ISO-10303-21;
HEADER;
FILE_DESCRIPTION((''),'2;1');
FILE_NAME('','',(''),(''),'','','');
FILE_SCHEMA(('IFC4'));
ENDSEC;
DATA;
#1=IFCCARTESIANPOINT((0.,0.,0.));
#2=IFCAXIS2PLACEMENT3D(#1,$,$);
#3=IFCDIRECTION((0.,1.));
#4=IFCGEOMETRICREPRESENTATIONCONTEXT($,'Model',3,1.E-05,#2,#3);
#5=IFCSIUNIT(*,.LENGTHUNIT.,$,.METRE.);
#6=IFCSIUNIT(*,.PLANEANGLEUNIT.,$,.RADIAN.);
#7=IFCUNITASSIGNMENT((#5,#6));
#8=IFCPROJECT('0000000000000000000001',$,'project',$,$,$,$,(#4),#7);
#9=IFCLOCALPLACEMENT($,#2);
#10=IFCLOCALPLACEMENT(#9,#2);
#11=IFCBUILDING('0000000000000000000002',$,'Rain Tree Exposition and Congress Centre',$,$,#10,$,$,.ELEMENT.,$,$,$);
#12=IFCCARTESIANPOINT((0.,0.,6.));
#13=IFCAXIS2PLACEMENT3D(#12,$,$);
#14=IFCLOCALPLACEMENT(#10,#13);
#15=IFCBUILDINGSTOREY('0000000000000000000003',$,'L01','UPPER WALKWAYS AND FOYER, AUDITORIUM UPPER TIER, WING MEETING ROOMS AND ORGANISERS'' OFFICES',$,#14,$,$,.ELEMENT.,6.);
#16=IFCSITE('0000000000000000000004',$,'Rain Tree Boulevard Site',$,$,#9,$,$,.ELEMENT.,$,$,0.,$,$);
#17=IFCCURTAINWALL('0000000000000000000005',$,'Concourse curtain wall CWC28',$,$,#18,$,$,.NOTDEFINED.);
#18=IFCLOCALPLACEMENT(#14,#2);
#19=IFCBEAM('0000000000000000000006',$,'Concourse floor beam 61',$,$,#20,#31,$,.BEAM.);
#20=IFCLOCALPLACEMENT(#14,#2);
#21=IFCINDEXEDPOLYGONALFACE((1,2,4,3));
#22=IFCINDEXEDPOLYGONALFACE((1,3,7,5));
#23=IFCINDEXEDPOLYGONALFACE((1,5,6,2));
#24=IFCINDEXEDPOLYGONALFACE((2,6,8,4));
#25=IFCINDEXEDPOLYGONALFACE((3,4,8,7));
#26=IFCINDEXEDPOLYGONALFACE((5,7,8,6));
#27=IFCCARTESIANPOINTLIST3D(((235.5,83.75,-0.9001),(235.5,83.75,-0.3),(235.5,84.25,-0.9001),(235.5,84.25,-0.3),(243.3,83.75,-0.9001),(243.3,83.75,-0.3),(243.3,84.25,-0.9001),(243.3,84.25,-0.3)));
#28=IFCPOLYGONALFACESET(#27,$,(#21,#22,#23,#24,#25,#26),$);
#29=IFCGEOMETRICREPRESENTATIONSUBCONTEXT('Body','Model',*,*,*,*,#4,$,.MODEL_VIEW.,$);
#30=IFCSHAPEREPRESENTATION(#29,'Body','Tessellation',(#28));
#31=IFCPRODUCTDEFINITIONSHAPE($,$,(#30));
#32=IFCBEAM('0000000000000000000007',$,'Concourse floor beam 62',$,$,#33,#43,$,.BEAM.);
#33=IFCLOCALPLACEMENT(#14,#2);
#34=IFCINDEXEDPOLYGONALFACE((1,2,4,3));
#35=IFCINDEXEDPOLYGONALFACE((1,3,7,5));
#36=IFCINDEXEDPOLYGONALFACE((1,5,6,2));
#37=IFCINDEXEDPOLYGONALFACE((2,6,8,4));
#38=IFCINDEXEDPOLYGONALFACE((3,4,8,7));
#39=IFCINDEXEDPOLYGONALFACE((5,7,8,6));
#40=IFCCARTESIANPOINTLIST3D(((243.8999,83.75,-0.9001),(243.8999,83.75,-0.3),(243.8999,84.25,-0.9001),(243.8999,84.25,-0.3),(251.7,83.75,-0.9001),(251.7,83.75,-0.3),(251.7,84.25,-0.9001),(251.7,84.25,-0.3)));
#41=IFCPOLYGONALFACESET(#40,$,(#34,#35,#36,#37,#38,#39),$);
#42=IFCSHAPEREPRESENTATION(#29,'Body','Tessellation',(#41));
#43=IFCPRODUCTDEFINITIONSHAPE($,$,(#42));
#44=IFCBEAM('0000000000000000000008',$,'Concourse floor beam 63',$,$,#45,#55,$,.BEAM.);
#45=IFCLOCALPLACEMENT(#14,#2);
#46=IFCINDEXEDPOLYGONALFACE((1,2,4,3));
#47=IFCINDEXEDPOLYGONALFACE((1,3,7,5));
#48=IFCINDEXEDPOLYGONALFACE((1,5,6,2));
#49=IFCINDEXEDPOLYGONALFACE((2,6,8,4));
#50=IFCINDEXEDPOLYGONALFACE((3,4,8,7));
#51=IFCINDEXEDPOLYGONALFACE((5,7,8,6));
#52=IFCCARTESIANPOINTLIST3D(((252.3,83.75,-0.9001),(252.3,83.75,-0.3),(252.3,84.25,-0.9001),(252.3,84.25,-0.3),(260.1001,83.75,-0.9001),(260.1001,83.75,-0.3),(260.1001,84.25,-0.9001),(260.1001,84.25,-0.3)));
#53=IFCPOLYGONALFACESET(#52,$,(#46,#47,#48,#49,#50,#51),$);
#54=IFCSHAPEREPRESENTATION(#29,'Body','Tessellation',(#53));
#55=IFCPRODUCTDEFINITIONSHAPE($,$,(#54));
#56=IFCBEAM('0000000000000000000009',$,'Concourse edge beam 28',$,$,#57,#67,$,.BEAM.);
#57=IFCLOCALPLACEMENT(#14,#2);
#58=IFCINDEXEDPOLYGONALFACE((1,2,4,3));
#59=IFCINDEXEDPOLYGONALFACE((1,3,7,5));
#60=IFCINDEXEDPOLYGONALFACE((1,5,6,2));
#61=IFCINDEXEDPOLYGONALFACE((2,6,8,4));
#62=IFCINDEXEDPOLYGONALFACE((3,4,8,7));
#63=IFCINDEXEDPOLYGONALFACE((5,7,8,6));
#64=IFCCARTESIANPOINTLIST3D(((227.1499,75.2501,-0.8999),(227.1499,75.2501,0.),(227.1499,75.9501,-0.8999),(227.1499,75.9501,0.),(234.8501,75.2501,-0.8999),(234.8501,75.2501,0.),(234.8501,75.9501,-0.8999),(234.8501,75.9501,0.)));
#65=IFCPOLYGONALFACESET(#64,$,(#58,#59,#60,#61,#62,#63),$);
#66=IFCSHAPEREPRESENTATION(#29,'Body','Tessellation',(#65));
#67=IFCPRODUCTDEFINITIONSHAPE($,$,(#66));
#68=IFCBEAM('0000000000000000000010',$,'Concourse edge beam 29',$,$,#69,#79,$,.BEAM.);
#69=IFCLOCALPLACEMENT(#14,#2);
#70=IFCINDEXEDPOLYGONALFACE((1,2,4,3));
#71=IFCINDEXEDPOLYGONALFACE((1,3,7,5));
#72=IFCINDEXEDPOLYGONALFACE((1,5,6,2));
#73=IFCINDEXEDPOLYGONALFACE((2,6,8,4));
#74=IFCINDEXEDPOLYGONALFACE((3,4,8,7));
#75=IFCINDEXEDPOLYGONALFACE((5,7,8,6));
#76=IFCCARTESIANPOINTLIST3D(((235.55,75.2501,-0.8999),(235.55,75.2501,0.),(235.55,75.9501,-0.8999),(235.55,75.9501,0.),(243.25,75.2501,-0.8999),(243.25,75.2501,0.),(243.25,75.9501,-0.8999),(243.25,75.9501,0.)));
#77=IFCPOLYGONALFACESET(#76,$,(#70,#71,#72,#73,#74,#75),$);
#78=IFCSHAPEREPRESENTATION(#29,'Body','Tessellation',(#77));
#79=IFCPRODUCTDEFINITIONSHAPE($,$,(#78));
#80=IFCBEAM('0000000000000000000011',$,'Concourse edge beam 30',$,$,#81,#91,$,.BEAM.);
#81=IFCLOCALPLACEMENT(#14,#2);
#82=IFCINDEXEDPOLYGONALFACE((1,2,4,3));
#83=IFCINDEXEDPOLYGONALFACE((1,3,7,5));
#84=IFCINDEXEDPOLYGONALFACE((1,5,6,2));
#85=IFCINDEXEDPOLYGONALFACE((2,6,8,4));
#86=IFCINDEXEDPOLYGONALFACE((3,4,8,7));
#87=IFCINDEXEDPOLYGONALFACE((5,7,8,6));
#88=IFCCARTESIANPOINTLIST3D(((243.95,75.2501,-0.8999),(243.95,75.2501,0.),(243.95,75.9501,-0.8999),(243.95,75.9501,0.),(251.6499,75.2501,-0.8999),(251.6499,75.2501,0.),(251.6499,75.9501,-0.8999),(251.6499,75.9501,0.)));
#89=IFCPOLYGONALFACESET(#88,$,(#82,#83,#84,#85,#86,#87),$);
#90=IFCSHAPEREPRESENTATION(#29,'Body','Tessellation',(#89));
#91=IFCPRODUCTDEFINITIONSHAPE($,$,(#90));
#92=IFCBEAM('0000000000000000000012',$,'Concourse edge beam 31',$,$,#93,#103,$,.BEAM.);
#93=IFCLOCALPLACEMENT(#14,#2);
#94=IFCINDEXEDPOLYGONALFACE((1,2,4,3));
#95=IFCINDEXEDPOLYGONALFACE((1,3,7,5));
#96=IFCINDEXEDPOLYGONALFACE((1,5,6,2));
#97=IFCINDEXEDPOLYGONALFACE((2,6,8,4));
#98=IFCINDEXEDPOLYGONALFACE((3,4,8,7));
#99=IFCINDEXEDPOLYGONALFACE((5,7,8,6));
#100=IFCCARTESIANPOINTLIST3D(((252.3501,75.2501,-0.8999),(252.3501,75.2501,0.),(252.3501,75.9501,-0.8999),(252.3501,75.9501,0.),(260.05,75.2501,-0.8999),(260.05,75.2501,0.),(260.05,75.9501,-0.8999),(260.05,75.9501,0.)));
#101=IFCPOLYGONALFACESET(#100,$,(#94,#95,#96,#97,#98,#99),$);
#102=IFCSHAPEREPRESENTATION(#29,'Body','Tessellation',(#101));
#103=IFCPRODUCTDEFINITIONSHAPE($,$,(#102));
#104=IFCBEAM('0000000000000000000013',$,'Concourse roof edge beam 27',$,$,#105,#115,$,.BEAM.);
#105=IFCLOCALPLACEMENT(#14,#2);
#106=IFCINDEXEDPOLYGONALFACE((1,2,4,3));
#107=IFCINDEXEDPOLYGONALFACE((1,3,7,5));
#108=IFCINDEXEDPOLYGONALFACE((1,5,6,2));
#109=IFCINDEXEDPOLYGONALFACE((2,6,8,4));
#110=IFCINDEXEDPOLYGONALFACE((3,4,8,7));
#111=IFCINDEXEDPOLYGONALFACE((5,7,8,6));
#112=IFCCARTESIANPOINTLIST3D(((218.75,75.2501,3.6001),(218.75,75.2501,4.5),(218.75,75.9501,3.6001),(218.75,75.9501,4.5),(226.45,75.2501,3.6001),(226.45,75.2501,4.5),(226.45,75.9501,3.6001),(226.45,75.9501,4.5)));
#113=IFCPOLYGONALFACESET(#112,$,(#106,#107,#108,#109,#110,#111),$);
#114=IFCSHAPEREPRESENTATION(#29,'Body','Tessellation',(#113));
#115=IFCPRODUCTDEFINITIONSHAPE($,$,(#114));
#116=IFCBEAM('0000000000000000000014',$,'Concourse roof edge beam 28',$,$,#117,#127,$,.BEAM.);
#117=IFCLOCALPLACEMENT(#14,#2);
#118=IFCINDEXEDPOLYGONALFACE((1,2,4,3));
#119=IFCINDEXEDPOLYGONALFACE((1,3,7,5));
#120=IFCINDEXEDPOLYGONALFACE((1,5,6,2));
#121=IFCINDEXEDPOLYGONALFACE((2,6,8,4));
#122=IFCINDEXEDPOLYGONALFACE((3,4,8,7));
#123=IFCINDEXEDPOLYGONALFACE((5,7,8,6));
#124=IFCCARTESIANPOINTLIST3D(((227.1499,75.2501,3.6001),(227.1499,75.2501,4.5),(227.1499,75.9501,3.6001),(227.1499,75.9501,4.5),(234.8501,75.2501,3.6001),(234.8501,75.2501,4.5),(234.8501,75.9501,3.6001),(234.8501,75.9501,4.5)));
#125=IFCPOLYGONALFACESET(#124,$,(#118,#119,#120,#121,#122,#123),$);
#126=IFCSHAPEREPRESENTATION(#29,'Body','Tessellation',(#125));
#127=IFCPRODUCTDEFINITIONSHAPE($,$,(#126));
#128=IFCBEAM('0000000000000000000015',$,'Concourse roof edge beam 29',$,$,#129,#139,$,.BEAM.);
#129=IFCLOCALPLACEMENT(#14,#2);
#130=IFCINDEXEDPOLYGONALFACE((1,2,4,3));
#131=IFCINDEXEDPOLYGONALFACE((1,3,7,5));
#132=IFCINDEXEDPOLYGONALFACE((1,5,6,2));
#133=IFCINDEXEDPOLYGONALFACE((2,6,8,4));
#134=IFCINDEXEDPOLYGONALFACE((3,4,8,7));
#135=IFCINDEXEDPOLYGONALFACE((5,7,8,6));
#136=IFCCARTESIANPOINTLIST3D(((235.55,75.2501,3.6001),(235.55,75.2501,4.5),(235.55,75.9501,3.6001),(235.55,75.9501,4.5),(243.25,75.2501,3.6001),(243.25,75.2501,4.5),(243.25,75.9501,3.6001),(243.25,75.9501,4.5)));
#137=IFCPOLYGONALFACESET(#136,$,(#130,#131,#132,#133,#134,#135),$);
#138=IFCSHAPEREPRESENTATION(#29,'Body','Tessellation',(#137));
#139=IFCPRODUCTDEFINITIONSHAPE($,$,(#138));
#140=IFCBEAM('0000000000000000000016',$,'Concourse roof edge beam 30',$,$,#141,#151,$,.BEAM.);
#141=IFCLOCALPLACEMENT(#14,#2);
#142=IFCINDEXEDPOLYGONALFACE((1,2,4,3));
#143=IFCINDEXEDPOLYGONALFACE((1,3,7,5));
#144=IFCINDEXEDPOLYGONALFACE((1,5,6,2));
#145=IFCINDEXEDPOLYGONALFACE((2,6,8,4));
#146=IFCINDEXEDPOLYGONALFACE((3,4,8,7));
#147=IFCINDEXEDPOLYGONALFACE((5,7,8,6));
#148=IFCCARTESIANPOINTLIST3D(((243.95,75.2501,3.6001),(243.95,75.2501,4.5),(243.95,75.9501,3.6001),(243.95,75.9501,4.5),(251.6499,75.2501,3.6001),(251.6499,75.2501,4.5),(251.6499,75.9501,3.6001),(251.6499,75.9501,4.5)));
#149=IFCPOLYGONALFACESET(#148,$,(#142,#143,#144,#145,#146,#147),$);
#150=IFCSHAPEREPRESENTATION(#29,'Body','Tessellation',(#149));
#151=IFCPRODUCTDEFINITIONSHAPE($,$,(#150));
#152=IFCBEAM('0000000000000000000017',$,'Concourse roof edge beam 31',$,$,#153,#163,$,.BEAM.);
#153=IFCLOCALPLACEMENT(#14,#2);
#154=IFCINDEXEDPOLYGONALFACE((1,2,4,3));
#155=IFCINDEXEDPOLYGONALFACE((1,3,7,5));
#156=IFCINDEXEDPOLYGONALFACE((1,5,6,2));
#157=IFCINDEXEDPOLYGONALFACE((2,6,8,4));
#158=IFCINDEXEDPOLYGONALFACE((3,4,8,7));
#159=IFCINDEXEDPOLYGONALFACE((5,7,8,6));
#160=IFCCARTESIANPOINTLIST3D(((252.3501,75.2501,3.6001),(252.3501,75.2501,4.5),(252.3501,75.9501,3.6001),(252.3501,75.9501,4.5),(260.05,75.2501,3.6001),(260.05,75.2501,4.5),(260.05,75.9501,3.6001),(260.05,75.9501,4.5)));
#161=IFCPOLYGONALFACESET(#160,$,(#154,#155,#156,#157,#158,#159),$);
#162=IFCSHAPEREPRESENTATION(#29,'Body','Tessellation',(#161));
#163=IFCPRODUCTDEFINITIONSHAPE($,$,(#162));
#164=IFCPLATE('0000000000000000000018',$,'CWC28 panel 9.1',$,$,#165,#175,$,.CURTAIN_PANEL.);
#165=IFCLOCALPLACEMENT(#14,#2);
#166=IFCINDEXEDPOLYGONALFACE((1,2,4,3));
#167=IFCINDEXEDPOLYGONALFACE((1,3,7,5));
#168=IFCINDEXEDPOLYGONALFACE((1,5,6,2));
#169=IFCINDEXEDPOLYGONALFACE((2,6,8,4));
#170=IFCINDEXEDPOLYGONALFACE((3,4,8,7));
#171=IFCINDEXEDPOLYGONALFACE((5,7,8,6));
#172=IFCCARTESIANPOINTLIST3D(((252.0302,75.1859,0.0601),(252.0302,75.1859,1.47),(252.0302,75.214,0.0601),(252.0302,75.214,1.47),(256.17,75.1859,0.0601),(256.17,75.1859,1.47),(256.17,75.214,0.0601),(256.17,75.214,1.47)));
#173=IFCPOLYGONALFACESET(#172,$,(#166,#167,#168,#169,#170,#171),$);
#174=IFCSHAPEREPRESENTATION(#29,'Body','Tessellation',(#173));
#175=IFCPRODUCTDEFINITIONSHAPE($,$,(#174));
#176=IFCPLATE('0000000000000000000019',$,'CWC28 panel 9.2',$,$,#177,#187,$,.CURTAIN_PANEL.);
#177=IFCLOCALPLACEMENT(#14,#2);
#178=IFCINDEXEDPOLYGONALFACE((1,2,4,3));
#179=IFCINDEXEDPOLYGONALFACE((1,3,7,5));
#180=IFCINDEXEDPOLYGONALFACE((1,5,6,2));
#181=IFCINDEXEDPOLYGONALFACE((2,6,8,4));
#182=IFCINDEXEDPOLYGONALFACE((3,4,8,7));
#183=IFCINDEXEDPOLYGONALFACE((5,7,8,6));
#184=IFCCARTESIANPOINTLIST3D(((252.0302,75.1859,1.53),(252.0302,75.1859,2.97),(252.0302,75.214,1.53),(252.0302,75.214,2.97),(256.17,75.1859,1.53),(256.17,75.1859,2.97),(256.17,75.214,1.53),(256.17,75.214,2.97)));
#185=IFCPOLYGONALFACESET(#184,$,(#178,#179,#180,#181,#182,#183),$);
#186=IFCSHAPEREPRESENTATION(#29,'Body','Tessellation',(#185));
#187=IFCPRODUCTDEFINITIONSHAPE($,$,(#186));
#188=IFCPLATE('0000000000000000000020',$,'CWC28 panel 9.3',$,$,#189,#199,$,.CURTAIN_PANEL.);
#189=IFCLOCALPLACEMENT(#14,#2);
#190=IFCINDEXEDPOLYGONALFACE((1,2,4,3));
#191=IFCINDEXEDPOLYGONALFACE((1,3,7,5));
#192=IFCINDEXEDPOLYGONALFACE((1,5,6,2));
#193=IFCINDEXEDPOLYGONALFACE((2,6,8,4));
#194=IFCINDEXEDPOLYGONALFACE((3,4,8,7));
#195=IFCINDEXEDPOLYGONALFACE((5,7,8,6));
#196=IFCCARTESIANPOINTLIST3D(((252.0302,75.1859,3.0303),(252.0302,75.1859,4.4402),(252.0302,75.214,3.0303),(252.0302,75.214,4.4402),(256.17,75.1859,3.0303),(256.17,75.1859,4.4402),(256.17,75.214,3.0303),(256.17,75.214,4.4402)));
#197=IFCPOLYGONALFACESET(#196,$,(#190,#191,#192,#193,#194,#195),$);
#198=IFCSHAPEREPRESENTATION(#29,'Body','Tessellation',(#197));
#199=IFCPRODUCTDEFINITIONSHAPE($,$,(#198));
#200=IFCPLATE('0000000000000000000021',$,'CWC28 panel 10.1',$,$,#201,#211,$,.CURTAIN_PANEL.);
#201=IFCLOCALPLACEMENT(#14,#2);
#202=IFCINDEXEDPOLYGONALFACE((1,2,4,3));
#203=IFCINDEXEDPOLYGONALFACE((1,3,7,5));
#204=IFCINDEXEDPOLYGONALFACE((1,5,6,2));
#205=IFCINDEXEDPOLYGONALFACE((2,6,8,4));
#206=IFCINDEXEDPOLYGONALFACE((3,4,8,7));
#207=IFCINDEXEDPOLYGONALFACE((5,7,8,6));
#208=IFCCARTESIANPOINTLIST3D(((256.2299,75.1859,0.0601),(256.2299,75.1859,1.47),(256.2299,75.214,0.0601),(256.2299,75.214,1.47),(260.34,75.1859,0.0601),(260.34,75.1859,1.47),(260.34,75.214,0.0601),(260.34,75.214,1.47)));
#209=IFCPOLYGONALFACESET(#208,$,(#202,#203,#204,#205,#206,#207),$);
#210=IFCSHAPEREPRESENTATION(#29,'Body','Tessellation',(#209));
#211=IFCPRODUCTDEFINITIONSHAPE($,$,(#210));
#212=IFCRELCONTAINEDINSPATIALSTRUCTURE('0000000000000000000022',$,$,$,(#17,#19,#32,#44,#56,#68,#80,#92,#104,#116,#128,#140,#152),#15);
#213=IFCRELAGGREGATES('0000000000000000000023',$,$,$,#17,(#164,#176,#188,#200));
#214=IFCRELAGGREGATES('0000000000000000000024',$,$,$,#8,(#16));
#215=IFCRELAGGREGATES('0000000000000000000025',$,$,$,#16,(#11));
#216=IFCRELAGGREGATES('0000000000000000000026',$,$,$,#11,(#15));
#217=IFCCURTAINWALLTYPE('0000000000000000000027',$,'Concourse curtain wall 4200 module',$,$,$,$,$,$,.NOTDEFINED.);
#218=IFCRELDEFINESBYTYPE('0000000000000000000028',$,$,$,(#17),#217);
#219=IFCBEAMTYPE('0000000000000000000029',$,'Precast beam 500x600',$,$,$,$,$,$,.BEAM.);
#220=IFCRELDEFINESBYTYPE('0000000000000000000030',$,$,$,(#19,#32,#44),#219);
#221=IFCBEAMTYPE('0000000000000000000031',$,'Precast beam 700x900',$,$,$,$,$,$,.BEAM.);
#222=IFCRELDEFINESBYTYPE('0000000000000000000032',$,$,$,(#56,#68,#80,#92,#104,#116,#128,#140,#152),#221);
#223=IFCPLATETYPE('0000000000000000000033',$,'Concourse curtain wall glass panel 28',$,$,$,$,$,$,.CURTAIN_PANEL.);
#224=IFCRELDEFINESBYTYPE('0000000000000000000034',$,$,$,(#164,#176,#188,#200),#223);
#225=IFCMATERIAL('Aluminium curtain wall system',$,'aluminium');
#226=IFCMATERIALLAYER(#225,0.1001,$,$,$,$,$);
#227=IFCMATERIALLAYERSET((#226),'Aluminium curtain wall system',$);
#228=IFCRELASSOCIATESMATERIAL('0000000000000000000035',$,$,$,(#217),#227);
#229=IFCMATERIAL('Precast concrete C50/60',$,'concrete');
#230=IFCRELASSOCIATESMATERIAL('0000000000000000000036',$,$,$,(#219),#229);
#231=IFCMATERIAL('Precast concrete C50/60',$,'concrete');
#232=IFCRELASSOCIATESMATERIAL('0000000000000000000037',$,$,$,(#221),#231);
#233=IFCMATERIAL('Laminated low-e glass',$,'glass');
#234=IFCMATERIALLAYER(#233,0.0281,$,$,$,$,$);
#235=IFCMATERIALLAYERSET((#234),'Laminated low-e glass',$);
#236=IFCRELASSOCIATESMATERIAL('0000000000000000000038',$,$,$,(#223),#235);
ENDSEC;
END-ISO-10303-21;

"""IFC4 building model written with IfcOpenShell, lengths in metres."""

from ifc_helpers import new_model, si_unit, direction, frame, origin, origin_2d, place, context, subcontext, project, spatial, rectangle, extrude, material, layer, layer_set, material_profile, profile_set, type_object, element, aggregate, save


model = new_model("IFC4")

# Units and contexts
model_context = context("Model", 3, precision=1e-05, world=origin(), true_north=direction((0.0, 1.0)))
body_context = subcontext(model_context, "Body", "Model", "MODEL_VIEW")
ifc_project = project(units=[si_unit("LENGTHUNIT", "METRE"), si_unit("PLANEANGLEUNIT", "RADIAN")], contexts=[model_context])

# Site, building, storey
site_placement = place(None, origin())
site = spatial("IfcSite", under=ifc_project, at=site_placement, Name="Rain Tree Boulevard Site", CompositionType="ELEMENT", RefElevation=0.0)
building_placement = place(site_placement, origin())
building = spatial("IfcBuilding", under=site, at=building_placement, Name="Rain Tree Exposition and Congress Centre", CompositionType="ELEMENT")
storey_placement = place(building_placement, frame((0.0, 0.0, 6.0)))
storey = spatial("IfcBuildingStorey", under=building, at=storey_placement, Name="L01", Description="UPPER WALKWAYS AND FOYER, AUDITORIUM UPPER TIER, WING MEETING ROOMS AND ORGANISERS' OFFICES", CompositionType="ELEMENT", Elevation=6.0)

# Curtain wall
ifc_material_1 = material(Name="Aluminium curtain wall system", Category="aluminium")
ifc_layer_1 = layer(ifc_material_1, 0.1001)
ifc_layer_set_1 = layer_set([ifc_layer_1], Name="Aluminium curtain wall system")
curtain_wall_type = type_object("IfcCurtainWallType", Name="Concourse curtain wall 4200 module", PredefinedType="NOTDEFINED", material=ifc_layer_set_1)
curtain_wall_placement = place(storey_placement, origin())
curtain_wall = element("IfcCurtainWall", 1, at=curtain_wall_placement, inside=storey, type_object=curtain_wall_type, Name="Concourse curtain wall CWC28", PredefinedType="NOTDEFINED")

# Beams
ifc_material_2 = material(Name="Precast concrete C50/60", Category="concrete")
ifc_material_profile_1 = material_profile(ifc_material_2, rectangle(XDim=0.5, YDim=0.6001, at=origin_2d()), Name="RC 500x600")
ifc_profile_set_1 = profile_set([ifc_material_profile_1], Name="Precast concrete C50/60")
beam_type_1 = type_object("IfcBeamType", Name="Precast beam 500x600", PredefinedType="BEAM", material=ifc_profile_set_1)
for number, where, z_axis, x_axis, name in (
    (2, (235.5, 84.0, -0.6001), (1.0, 0.0, 0.0), (0.0, 1.0, 0.0), "Concourse floor beam 61"),
    (3, (243.8999, 84.0, -0.6001), (1.0, 0.0, 0.0), (0.0, 1.0, 0.0), "Concourse floor beam 62"),
    (4, (252.3, 84.0, -0.6001), (1.0, 0.0, 0.0), (0.0, 1.0, 0.0), "Concourse floor beam 63"),
):
    element("IfcBeam", number, at=place(storey_placement, frame(where, z_axis=z_axis, x_axis=x_axis)), inside=storey, type_object=beam_type_1, Name=name, PredefinedType="BEAM", context=body_context, shape_type="SweptSolid", body=[
        extrude(rectangle(XDim=0.5, YDim=0.6001, at=origin_2d()), origin(), (0.0, 0.0, 1.0), 7.8),
    ])
ifc_material_3 = material(Name="Precast concrete C50/60", Category="concrete")
ifc_material_profile_2 = material_profile(ifc_material_3, rectangle(XDim=0.7, YDim=0.8999, at=origin_2d()), Name="RC 700x900")
ifc_profile_set_2 = profile_set([ifc_material_profile_2], Name="Precast concrete C50/60")
beam_type_2 = type_object("IfcBeamType", Name="Precast beam 700x900", PredefinedType="BEAM", material=ifc_profile_set_2)
beam_1_placement = place(storey_placement, frame((227.1499, 75.6001, -0.45), z_axis=(1.0, 0.0, 0.0), x_axis=(0.0, 1.0, 0.0)))
element("IfcBeam", 5, at=beam_1_placement, inside=storey, type_object=beam_type_2, Name="Concourse edge beam 28", PredefinedType="BEAM", context=body_context, shape_type="SweptSolid", body=[
    extrude(rectangle(XDim=0.7, YDim=0.8999, at=origin_2d()), origin(), (0.0, 0.0, 1.0), 7.7002),
])
for number, where, z_axis, x_axis, name in (
    (6, (235.55, 75.6001, -0.45), (1.0, 0.0, 0.0), (0.0, 1.0, 0.0), "Concourse edge beam 29"),
    (7, (243.95, 75.6001, -0.45), (1.0, 0.0, 0.0), (0.0, 1.0, 0.0), "Concourse edge beam 30"),
    (8, (252.3501, 75.6001, -0.45), (1.0, 0.0, 0.0), (0.0, 1.0, 0.0), "Concourse edge beam 31"),
    (9, (218.75, 75.6001, 4.05), (1.0, 0.0, 0.0), (0.0, 1.0, 0.0), "Concourse roof edge beam 27"),
):
    element("IfcBeam", number, at=place(storey_placement, frame(where, z_axis=z_axis, x_axis=x_axis)), inside=storey, type_object=beam_type_2, Name=name, PredefinedType="BEAM", context=body_context, shape_type="SweptSolid", body=[
        extrude(rectangle(XDim=0.7, YDim=0.8999, at=origin_2d()), origin(), (0.0, 0.0, 1.0), 7.7),
    ])
beam_2_placement = place(storey_placement, frame((227.1499, 75.6001, 4.05), z_axis=(1.0, 0.0, 0.0), x_axis=(0.0, 1.0, 0.0)))
element("IfcBeam", 10, at=beam_2_placement, inside=storey, type_object=beam_type_2, Name="Concourse roof edge beam 28", PredefinedType="BEAM", context=body_context, shape_type="SweptSolid", body=[
    extrude(rectangle(XDim=0.7, YDim=0.8999, at=origin_2d()), origin(), (0.0, 0.0, 1.0), 7.7002),
])
for number, where, z_axis, x_axis, name in (
    (11, (235.55, 75.6001, 4.05), (1.0, 0.0, 0.0), (0.0, 1.0, 0.0), "Concourse roof edge beam 29"),
    (12, (243.95, 75.6001, 4.05), (1.0, 0.0, 0.0), (0.0, 1.0, 0.0), "Concourse roof edge beam 30"),
    (13, (252.3501, 75.6001, 4.05), (1.0, 0.0, 0.0), (0.0, 1.0, 0.0), "Concourse roof edge beam 31"),
):
    element("IfcBeam", number, at=place(storey_placement, frame(where, z_axis=z_axis, x_axis=x_axis)), inside=storey, type_object=beam_type_2, Name=name, PredefinedType="BEAM", context=body_context, shape_type="SweptSolid", body=[
        extrude(rectangle(XDim=0.7, YDim=0.8999, at=origin_2d()), origin(), (0.0, 0.0, 1.0), 7.7),
    ])

# Plates
ifc_material_4 = material(Name="Laminated low-e glass", Category="glass")
ifc_layer_2 = layer(ifc_material_4, 0.0281)
ifc_layer_set_2 = layer_set([ifc_layer_2], Name="Laminated low-e glass")
plate_type = type_object("IfcPlateType", Name="Concourse curtain wall glass panel 28", PredefinedType="CURTAIN_PANEL", material=ifc_layer_set_2)
plate_1_placement = place(storey_placement, frame((254.1001, 75.2, 0.0601), z_axis=(0.0, 0.0, 1.0), x_axis=(1.0, 0.0, 0.0)))
plate_1 = element("IfcPlate", 14, at=plate_1_placement, type_object=plate_type, Name="CWC28 panel 9.1", PredefinedType="CURTAIN_PANEL", context=body_context, shape_type="SweptSolid", body=[
    extrude(rectangle(XDim=4.1399, YDim=0.0281, at=origin_2d()), origin(), (0.0, 0.0, 1.0), 1.4099),
])
plate_2_placement = place(storey_placement, frame((254.1001, 75.2, 1.53), z_axis=(0.0, 0.0, 1.0), x_axis=(1.0, 0.0, 0.0)))
plate_2 = element("IfcPlate", 15, at=plate_2_placement, type_object=plate_type, Name="CWC28 panel 9.2", PredefinedType="CURTAIN_PANEL", context=body_context, shape_type="SweptSolid", body=[
    extrude(rectangle(XDim=4.1399, YDim=0.0281, at=origin_2d()), origin(), (0.0, 0.0, 1.0), 1.4399),
])
plate_3_placement = place(storey_placement, frame((254.1001, 75.2, 3.0303), z_axis=(0.0, 0.0, 1.0), x_axis=(1.0, 0.0, 0.0)))
plate_3 = element("IfcPlate", 16, at=plate_3_placement, type_object=plate_type, Name="CWC28 panel 9.3", PredefinedType="CURTAIN_PANEL", context=body_context, shape_type="SweptSolid", body=[
    extrude(rectangle(XDim=4.1399, YDim=0.0281, at=origin_2d()), origin(), (0.0, 0.0, 1.0), 1.4099),
])
plate_4_placement = place(storey_placement, frame((258.2849, 75.2, 0.0601), z_axis=(0.0, 0.0, 1.0), x_axis=(1.0, 0.0, 0.0)))
plate_4 = element("IfcPlate", 17, at=plate_4_placement, type_object=plate_type, Name="CWC28 panel 10.1", PredefinedType="CURTAIN_PANEL", context=body_context, shape_type="SweptSolid", body=[
    extrude(rectangle(XDim=4.1101, YDim=0.0281, at=origin_2d()), origin(), (0.0, 0.0, 1.0), 1.4099),
])
aggregate(curtain_wall, [plate_1, plate_2, plate_3, plate_4])

save(model, "model.ifc")
